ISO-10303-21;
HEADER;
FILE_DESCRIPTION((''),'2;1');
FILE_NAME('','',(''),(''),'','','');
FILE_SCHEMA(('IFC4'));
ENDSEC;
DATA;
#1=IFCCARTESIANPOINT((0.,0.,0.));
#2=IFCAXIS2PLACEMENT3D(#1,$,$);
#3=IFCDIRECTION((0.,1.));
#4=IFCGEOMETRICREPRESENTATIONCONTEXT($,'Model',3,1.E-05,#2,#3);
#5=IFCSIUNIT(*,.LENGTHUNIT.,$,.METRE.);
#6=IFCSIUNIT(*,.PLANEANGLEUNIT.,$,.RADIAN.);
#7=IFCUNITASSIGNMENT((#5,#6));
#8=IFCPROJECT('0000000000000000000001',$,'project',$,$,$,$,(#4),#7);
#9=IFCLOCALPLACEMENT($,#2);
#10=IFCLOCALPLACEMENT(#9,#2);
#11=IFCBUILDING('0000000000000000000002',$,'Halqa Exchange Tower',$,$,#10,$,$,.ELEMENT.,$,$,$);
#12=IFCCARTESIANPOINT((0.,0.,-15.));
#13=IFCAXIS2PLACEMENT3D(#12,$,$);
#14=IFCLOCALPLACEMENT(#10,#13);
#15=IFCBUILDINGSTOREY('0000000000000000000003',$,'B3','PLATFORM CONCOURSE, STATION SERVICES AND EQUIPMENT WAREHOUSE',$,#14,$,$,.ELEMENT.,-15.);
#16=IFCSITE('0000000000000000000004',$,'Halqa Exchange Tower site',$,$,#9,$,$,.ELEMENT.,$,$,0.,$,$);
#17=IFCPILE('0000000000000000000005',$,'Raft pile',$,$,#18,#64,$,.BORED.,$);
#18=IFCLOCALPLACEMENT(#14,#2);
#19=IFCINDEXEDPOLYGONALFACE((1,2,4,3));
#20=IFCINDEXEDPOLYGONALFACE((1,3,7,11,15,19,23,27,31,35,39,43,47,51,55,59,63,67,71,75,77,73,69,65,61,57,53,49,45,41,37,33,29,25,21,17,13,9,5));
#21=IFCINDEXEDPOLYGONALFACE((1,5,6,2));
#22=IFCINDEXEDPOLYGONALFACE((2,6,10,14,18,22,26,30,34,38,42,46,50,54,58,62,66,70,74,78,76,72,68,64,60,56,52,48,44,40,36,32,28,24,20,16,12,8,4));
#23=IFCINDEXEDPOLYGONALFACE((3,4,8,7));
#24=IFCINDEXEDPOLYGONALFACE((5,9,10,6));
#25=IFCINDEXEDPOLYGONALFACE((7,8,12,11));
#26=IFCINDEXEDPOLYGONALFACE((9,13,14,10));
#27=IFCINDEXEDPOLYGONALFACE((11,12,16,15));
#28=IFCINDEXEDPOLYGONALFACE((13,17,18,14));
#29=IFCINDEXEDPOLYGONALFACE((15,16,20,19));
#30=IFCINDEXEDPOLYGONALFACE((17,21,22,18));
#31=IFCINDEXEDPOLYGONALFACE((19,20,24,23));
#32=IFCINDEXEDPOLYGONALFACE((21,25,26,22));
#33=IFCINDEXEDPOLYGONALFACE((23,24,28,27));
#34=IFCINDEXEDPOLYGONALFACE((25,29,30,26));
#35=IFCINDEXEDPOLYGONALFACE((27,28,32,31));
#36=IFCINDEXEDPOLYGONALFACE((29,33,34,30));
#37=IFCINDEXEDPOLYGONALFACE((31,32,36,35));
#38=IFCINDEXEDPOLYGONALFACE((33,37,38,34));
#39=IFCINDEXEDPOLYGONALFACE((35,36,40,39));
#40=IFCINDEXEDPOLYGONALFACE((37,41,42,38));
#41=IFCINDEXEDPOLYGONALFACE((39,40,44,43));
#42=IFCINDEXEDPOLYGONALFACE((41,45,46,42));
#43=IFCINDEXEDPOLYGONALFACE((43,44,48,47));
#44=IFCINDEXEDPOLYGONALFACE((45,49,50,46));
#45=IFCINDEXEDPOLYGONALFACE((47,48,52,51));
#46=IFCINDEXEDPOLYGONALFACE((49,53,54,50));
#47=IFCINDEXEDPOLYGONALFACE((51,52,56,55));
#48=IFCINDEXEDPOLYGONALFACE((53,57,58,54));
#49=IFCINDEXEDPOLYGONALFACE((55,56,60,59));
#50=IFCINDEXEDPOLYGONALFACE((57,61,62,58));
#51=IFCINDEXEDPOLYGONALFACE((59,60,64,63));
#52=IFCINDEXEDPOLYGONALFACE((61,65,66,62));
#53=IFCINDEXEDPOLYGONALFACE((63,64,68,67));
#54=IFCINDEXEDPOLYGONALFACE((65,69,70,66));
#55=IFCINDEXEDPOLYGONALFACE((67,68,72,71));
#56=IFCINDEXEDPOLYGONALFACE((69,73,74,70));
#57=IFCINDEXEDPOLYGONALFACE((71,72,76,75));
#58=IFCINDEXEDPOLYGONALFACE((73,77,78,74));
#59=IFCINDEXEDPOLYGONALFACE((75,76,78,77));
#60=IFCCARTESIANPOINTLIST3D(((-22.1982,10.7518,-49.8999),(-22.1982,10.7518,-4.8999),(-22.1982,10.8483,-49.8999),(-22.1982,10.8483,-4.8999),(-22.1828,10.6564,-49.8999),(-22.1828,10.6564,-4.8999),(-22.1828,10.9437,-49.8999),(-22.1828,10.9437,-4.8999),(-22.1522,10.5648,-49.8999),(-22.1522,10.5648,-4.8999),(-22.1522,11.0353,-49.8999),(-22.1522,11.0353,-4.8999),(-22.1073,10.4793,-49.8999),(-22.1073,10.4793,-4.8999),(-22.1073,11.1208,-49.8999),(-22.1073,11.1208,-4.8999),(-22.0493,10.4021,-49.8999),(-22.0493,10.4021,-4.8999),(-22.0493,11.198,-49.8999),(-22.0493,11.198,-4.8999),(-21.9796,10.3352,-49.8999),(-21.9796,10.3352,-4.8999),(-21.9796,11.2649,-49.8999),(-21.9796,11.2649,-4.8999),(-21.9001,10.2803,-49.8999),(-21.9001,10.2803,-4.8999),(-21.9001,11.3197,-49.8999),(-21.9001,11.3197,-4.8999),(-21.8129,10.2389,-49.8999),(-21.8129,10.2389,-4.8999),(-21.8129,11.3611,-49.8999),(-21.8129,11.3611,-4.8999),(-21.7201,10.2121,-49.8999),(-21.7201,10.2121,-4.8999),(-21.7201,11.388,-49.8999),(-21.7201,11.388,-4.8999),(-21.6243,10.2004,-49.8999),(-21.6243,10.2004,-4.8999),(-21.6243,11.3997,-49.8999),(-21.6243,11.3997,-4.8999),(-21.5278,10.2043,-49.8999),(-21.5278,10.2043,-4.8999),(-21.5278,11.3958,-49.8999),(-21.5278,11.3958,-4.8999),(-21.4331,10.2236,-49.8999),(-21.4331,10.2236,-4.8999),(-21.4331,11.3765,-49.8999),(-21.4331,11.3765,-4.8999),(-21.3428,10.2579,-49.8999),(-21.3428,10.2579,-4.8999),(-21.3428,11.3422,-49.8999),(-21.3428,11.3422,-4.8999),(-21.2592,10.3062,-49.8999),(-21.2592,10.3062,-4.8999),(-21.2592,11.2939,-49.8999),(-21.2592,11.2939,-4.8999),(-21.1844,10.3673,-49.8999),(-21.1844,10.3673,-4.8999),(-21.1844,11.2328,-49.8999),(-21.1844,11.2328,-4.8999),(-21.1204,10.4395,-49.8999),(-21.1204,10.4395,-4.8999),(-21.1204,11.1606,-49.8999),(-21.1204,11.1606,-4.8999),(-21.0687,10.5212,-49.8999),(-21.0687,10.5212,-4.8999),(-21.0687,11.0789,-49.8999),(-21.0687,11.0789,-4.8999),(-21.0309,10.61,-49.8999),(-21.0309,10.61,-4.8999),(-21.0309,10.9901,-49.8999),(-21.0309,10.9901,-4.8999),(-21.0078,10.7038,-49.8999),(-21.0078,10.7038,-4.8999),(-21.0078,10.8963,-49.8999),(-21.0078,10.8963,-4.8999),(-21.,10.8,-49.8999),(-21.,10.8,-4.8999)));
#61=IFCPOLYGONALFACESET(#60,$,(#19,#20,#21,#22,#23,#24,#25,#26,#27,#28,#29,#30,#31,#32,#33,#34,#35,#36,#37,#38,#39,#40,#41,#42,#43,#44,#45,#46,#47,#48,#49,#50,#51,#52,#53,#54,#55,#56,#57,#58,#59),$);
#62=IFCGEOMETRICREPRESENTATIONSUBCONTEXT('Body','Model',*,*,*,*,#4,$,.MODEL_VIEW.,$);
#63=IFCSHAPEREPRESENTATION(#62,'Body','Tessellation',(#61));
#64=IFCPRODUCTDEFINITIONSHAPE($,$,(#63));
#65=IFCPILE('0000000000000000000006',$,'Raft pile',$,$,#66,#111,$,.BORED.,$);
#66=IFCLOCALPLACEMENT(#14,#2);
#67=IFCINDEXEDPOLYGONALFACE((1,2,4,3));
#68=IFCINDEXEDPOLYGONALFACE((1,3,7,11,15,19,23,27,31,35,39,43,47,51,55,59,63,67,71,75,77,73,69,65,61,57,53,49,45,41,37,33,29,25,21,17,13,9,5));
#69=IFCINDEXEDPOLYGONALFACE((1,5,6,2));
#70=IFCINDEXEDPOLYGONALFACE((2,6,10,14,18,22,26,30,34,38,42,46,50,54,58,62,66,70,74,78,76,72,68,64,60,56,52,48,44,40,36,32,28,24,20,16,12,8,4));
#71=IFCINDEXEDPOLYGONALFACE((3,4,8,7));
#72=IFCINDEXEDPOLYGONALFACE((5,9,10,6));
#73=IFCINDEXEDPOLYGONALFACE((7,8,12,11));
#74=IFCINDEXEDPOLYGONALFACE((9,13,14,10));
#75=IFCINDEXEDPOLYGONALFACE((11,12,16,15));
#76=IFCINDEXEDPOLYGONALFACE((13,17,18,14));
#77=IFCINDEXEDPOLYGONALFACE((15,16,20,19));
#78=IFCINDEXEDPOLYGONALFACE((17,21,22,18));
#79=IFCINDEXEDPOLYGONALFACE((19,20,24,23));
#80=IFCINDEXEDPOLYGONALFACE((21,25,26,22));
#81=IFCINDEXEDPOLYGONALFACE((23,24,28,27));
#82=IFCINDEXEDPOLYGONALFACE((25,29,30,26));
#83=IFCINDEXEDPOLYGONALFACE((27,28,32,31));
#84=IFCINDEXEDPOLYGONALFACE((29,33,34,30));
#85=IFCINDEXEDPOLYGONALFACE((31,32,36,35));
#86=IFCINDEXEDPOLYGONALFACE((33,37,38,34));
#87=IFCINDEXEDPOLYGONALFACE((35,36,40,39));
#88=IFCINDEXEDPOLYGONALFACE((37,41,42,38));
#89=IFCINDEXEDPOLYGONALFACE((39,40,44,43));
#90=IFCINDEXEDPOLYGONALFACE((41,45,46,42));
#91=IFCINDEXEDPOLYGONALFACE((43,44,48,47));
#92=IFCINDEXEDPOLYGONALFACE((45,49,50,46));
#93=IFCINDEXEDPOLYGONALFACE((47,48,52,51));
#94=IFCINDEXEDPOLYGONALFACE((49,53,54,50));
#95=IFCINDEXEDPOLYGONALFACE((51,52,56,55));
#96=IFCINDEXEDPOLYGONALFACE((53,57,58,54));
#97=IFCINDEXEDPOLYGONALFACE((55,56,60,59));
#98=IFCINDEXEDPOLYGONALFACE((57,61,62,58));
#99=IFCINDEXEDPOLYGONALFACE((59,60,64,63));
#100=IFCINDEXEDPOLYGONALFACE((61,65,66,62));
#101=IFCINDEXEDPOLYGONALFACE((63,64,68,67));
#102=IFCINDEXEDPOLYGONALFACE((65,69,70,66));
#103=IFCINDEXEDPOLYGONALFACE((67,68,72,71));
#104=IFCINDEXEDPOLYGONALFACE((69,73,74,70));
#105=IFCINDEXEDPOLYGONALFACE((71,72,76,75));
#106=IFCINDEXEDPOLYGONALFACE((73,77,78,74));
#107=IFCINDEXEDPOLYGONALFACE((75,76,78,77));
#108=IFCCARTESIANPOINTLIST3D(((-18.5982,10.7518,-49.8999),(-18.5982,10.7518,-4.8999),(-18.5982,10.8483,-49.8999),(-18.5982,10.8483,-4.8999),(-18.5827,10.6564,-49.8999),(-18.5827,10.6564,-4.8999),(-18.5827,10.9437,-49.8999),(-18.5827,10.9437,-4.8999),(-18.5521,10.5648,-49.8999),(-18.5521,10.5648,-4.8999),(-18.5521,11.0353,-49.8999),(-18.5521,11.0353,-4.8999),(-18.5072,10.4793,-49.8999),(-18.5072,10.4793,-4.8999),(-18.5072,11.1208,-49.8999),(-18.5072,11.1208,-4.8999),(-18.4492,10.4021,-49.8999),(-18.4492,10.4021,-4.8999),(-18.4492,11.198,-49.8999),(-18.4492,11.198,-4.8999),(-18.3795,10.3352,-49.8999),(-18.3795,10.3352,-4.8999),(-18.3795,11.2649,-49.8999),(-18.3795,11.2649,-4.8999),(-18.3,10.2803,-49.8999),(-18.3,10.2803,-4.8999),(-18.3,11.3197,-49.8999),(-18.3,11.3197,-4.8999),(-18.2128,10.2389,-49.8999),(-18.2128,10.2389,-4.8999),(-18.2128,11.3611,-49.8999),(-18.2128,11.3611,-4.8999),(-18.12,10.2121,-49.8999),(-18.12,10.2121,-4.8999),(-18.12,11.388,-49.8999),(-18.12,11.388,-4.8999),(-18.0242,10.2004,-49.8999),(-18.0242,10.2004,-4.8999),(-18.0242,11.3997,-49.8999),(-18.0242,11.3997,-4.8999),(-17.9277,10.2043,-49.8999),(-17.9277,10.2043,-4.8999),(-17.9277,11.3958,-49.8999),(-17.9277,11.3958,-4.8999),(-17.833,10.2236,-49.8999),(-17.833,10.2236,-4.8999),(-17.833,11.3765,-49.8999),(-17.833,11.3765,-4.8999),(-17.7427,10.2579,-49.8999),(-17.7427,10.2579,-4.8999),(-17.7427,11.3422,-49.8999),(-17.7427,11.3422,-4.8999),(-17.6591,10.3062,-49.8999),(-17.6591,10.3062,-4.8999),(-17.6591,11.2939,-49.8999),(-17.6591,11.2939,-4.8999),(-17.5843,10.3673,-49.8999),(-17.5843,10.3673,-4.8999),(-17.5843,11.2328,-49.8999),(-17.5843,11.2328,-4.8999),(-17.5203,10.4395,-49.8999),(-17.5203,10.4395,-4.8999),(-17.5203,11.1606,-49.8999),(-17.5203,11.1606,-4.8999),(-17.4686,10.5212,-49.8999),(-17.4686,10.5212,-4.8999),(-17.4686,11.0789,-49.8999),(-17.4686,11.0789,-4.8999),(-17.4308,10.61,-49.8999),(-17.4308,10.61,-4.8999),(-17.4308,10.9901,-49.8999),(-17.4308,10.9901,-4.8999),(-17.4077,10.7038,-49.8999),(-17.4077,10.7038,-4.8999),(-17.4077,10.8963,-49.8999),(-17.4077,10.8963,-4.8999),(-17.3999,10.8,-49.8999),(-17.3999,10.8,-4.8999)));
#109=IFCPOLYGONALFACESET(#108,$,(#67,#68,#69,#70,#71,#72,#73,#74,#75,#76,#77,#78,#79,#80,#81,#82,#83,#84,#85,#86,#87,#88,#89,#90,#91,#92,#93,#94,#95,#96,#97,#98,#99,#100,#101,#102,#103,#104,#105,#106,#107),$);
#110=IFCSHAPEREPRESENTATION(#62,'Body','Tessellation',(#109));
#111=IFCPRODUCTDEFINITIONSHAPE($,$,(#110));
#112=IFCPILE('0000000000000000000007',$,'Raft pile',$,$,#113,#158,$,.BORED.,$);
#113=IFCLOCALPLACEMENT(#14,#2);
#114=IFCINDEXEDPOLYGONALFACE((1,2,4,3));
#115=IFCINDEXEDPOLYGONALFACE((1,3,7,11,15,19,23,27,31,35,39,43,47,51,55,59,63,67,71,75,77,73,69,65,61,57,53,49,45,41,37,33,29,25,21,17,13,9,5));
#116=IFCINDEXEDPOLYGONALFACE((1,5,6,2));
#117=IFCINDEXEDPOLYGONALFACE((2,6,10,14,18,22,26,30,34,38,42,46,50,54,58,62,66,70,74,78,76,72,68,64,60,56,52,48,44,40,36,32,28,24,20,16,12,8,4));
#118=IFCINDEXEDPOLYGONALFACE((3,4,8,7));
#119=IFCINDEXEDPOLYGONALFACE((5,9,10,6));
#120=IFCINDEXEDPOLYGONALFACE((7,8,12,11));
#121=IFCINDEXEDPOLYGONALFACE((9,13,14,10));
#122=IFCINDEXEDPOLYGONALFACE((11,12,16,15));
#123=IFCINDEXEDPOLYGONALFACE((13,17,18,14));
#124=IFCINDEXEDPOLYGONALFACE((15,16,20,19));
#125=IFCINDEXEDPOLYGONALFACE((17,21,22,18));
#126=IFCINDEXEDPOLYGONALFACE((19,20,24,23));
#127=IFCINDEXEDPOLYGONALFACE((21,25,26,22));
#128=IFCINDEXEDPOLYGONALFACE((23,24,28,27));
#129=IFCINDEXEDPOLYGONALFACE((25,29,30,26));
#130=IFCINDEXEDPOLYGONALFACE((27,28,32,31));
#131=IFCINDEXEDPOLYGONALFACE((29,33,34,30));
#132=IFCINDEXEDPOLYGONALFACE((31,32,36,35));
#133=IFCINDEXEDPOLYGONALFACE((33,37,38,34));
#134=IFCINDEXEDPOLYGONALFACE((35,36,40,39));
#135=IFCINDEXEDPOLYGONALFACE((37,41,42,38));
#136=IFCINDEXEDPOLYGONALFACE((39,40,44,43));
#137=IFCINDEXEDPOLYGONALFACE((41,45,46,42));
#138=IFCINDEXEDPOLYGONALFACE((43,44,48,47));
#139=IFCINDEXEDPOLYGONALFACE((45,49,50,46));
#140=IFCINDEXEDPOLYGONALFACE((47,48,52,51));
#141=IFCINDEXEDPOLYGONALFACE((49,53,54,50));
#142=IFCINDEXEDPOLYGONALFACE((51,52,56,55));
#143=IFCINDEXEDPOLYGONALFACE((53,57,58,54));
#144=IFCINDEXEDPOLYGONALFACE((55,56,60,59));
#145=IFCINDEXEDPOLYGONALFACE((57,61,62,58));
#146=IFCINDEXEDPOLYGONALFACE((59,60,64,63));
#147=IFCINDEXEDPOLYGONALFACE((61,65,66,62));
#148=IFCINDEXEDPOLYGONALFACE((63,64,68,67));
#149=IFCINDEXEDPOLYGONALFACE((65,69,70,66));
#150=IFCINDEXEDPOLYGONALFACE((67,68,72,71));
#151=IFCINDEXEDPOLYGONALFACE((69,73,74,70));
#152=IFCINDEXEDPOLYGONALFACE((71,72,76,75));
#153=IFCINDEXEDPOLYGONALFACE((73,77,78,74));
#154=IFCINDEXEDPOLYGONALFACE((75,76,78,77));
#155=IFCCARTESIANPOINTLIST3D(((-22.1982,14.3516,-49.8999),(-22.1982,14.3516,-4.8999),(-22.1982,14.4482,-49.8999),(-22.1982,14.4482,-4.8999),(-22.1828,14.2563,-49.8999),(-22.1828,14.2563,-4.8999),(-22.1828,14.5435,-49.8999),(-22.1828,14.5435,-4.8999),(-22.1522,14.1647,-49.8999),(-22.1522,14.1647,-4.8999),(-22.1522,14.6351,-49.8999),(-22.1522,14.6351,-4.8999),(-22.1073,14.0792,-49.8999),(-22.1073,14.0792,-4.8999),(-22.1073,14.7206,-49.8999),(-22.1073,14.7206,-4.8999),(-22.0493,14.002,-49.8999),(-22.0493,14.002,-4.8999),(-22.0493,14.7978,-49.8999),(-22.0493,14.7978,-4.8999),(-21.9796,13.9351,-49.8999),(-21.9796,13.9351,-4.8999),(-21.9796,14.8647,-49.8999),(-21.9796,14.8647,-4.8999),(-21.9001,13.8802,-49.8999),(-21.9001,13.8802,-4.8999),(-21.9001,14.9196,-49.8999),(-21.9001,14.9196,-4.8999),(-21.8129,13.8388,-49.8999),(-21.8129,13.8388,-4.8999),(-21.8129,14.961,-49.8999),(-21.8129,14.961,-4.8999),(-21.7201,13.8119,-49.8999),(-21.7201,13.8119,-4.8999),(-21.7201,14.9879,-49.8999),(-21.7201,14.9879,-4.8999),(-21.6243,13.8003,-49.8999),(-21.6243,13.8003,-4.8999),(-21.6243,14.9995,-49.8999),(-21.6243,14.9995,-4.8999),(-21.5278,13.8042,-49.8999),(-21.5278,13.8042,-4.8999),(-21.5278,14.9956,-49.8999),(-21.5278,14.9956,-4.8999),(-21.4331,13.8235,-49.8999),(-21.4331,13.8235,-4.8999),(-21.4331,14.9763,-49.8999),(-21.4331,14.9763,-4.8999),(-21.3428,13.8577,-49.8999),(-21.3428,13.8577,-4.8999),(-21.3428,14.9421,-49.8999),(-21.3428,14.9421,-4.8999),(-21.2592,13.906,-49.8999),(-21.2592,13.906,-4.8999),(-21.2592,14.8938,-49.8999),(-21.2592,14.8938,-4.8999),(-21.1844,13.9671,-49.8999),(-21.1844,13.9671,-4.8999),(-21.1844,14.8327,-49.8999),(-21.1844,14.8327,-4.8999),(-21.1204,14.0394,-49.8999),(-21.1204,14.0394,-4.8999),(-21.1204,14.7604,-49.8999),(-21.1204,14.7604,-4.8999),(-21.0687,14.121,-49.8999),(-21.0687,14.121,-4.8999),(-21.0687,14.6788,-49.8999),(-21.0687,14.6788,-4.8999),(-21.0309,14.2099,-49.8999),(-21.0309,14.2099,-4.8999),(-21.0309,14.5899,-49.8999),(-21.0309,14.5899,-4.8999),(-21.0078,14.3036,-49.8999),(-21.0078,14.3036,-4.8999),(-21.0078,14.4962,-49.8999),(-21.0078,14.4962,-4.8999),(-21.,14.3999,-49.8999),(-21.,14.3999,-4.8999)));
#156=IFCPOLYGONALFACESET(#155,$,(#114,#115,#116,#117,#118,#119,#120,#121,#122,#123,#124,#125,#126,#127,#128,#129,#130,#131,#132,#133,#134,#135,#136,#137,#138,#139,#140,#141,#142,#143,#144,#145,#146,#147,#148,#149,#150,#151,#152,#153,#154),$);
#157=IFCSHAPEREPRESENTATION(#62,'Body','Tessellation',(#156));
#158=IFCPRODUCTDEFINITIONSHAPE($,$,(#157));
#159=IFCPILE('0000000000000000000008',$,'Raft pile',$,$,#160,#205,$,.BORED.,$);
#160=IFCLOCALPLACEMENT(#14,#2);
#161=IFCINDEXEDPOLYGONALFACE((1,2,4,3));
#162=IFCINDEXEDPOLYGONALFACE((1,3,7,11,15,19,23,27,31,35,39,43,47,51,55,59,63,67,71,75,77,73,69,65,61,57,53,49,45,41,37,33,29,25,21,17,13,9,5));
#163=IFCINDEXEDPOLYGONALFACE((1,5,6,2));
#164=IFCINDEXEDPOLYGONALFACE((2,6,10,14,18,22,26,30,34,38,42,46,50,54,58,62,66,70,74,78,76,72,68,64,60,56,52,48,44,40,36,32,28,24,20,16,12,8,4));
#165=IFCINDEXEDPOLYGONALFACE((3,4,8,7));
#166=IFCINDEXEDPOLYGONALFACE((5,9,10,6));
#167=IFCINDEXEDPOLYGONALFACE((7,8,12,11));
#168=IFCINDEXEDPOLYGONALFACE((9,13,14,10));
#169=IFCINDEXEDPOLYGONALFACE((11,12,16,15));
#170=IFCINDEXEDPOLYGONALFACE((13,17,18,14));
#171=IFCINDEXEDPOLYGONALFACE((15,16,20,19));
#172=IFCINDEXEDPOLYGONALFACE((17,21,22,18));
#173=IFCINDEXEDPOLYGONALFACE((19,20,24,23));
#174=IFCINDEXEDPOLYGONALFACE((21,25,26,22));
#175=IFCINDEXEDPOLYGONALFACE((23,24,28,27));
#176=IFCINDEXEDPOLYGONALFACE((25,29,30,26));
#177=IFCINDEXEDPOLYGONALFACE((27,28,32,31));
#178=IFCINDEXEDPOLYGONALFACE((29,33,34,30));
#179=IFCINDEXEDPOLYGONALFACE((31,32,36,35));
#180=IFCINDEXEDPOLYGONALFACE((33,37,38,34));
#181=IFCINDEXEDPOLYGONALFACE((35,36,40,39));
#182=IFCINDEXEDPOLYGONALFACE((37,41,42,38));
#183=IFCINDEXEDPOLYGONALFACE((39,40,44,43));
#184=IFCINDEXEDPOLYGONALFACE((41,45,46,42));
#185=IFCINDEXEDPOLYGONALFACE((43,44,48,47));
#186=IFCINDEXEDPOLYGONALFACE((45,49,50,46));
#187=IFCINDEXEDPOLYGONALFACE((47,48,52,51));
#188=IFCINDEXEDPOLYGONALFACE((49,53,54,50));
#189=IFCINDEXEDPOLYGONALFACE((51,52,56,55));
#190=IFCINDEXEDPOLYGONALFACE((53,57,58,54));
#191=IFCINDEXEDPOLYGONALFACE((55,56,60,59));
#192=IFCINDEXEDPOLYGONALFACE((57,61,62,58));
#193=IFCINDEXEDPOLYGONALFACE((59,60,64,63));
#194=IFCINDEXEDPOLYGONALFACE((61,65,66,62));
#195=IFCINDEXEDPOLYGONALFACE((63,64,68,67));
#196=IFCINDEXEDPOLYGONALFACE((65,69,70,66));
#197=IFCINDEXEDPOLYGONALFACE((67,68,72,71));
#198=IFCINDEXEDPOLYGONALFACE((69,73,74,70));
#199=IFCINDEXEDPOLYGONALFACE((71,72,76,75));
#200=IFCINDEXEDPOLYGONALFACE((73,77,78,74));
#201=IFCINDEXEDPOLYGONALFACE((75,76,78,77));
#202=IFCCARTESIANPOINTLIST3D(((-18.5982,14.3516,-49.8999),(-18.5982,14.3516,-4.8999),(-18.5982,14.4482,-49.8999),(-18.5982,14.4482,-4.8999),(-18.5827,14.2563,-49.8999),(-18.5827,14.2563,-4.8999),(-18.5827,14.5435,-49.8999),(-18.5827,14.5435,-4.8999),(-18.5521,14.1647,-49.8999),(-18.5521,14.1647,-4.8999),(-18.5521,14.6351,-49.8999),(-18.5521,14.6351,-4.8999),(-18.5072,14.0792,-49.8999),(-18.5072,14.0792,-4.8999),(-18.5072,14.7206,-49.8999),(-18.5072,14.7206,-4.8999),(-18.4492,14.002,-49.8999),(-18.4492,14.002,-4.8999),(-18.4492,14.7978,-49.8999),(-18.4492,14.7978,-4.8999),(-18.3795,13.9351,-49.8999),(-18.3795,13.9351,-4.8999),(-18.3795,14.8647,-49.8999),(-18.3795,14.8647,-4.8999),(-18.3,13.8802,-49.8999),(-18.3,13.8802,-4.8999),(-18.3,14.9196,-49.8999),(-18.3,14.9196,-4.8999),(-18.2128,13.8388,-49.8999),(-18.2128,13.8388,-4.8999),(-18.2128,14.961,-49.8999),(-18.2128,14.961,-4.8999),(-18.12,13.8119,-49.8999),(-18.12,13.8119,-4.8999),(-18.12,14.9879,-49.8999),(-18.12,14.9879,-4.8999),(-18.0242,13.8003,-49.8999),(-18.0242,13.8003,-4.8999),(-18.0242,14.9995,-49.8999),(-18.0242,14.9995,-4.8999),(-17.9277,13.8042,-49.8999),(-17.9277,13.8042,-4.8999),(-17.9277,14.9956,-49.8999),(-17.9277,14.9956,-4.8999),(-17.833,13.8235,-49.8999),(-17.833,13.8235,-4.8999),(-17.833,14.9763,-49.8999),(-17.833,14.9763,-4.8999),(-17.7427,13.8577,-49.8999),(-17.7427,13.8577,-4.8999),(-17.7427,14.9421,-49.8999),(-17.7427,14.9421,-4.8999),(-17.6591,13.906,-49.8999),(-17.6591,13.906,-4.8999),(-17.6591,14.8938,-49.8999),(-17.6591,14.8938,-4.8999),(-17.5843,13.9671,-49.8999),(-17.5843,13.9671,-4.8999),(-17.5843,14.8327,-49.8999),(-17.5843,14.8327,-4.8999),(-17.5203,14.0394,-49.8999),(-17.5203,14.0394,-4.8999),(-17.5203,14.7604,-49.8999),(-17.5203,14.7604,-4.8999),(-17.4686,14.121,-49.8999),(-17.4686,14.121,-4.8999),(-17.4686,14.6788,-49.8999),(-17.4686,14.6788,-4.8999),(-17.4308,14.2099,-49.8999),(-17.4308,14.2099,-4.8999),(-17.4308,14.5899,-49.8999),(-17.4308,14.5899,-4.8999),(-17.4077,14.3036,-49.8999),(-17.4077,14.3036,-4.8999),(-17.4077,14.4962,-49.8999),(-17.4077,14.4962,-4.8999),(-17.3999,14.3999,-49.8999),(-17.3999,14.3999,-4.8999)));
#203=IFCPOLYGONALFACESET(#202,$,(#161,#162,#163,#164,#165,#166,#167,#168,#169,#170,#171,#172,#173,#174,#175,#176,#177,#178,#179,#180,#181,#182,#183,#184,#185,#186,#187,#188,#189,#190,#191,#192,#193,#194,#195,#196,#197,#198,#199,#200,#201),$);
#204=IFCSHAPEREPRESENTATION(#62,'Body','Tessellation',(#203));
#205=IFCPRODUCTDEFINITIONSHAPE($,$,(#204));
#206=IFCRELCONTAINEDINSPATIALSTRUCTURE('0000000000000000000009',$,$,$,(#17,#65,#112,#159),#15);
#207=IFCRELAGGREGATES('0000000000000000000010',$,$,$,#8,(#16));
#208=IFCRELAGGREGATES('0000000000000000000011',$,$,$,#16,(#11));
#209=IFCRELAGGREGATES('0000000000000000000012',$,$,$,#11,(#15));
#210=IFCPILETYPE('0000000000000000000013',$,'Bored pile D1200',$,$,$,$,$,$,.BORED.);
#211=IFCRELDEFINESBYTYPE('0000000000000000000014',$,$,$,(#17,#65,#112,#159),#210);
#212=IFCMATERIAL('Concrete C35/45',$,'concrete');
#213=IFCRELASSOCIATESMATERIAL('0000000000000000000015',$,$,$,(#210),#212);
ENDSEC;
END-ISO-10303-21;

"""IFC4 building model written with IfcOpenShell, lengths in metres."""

from ifc_helpers import new_model, si_unit, direction, frame, origin, origin_2d, place, context, subcontext, project, spatial, circle, extrude, material, material_profile, profile_set, type_object, element, save


model = new_model("IFC4")

# Units and contexts
model_context = context("Model", 3, precision=1e-05, world=origin(), true_north=direction((0.0, 1.0)))
body_context = subcontext(model_context, "Body", "Model", "MODEL_VIEW")
ifc_project = project(units=[si_unit("LENGTHUNIT", "METRE"), si_unit("PLANEANGLEUNIT", "RADIAN")], contexts=[model_context])

# Site, building, storey
site_placement = place(None, origin())
site = spatial("IfcSite", under=ifc_project, at=site_placement, Name="Halqa Exchange Tower site", CompositionType="ELEMENT", RefElevation=0.0)
building_placement = place(site_placement, origin())
building = spatial("IfcBuilding", under=site, at=building_placement, Name="Halqa Exchange Tower", CompositionType="ELEMENT")
storey_placement = place(building_placement, frame((0.0, 0.0, -15.0)))
storey = spatial("IfcBuildingStorey", under=building, at=storey_placement, Name="B3", Description="PLATFORM CONCOURSE, STATION SERVICES AND EQUIPMENT WAREHOUSE", CompositionType="ELEMENT", Elevation=-15.0)

# Piles
ifc_material_1 = material(Name="Concrete C35/45", Category="concrete")
ifc_material_profile_1 = material_profile(ifc_material_1, circle(Radius=0.6001, at=origin_2d()), Name="D1200")
ifc_profile_set_1 = profile_set([ifc_material_profile_1], Name="Concrete C35/45")
pile_type_1 = type_object("IfcPileType", Name="Bored pile D1200", PredefinedType="BORED", material=ifc_profile_set_1)
for number, where, z_axis, x_axis, name in (
    (1, (-21.6001, 10.8, -4.8999), (0.0, 0.0, -1.0), (1.0, 0.0, 0.0), "Raft pile"),
    (2, (-18.0, 10.8, -4.8999), (0.0, 0.0, -1.0), (1.0, 0.0, 0.0), "Raft pile"),
    (3, (-21.6001, 14.3999, -4.8999), (0.0, 0.0, -1.0), (1.0, 0.0, 0.0), "Raft pile"),
    (4, (-18.0, 14.3999, -4.8999), (0.0, 0.0, -1.0), (1.0, 0.0, 0.0), "Raft pile"),
):
    element("IfcPile", number, at=place(storey_placement, frame(where, z_axis=z_axis, x_axis=x_axis)), inside=storey, type_object=pile_type_1, Name=name, PredefinedType="BORED", context=body_context, shape_type="SweptSolid", body=[
        extrude(circle(Radius=0.6001, at=origin_2d()), origin(), (0.0, 0.0, 1.0), 45.0),
    ])

save(model, "model.ifc")
